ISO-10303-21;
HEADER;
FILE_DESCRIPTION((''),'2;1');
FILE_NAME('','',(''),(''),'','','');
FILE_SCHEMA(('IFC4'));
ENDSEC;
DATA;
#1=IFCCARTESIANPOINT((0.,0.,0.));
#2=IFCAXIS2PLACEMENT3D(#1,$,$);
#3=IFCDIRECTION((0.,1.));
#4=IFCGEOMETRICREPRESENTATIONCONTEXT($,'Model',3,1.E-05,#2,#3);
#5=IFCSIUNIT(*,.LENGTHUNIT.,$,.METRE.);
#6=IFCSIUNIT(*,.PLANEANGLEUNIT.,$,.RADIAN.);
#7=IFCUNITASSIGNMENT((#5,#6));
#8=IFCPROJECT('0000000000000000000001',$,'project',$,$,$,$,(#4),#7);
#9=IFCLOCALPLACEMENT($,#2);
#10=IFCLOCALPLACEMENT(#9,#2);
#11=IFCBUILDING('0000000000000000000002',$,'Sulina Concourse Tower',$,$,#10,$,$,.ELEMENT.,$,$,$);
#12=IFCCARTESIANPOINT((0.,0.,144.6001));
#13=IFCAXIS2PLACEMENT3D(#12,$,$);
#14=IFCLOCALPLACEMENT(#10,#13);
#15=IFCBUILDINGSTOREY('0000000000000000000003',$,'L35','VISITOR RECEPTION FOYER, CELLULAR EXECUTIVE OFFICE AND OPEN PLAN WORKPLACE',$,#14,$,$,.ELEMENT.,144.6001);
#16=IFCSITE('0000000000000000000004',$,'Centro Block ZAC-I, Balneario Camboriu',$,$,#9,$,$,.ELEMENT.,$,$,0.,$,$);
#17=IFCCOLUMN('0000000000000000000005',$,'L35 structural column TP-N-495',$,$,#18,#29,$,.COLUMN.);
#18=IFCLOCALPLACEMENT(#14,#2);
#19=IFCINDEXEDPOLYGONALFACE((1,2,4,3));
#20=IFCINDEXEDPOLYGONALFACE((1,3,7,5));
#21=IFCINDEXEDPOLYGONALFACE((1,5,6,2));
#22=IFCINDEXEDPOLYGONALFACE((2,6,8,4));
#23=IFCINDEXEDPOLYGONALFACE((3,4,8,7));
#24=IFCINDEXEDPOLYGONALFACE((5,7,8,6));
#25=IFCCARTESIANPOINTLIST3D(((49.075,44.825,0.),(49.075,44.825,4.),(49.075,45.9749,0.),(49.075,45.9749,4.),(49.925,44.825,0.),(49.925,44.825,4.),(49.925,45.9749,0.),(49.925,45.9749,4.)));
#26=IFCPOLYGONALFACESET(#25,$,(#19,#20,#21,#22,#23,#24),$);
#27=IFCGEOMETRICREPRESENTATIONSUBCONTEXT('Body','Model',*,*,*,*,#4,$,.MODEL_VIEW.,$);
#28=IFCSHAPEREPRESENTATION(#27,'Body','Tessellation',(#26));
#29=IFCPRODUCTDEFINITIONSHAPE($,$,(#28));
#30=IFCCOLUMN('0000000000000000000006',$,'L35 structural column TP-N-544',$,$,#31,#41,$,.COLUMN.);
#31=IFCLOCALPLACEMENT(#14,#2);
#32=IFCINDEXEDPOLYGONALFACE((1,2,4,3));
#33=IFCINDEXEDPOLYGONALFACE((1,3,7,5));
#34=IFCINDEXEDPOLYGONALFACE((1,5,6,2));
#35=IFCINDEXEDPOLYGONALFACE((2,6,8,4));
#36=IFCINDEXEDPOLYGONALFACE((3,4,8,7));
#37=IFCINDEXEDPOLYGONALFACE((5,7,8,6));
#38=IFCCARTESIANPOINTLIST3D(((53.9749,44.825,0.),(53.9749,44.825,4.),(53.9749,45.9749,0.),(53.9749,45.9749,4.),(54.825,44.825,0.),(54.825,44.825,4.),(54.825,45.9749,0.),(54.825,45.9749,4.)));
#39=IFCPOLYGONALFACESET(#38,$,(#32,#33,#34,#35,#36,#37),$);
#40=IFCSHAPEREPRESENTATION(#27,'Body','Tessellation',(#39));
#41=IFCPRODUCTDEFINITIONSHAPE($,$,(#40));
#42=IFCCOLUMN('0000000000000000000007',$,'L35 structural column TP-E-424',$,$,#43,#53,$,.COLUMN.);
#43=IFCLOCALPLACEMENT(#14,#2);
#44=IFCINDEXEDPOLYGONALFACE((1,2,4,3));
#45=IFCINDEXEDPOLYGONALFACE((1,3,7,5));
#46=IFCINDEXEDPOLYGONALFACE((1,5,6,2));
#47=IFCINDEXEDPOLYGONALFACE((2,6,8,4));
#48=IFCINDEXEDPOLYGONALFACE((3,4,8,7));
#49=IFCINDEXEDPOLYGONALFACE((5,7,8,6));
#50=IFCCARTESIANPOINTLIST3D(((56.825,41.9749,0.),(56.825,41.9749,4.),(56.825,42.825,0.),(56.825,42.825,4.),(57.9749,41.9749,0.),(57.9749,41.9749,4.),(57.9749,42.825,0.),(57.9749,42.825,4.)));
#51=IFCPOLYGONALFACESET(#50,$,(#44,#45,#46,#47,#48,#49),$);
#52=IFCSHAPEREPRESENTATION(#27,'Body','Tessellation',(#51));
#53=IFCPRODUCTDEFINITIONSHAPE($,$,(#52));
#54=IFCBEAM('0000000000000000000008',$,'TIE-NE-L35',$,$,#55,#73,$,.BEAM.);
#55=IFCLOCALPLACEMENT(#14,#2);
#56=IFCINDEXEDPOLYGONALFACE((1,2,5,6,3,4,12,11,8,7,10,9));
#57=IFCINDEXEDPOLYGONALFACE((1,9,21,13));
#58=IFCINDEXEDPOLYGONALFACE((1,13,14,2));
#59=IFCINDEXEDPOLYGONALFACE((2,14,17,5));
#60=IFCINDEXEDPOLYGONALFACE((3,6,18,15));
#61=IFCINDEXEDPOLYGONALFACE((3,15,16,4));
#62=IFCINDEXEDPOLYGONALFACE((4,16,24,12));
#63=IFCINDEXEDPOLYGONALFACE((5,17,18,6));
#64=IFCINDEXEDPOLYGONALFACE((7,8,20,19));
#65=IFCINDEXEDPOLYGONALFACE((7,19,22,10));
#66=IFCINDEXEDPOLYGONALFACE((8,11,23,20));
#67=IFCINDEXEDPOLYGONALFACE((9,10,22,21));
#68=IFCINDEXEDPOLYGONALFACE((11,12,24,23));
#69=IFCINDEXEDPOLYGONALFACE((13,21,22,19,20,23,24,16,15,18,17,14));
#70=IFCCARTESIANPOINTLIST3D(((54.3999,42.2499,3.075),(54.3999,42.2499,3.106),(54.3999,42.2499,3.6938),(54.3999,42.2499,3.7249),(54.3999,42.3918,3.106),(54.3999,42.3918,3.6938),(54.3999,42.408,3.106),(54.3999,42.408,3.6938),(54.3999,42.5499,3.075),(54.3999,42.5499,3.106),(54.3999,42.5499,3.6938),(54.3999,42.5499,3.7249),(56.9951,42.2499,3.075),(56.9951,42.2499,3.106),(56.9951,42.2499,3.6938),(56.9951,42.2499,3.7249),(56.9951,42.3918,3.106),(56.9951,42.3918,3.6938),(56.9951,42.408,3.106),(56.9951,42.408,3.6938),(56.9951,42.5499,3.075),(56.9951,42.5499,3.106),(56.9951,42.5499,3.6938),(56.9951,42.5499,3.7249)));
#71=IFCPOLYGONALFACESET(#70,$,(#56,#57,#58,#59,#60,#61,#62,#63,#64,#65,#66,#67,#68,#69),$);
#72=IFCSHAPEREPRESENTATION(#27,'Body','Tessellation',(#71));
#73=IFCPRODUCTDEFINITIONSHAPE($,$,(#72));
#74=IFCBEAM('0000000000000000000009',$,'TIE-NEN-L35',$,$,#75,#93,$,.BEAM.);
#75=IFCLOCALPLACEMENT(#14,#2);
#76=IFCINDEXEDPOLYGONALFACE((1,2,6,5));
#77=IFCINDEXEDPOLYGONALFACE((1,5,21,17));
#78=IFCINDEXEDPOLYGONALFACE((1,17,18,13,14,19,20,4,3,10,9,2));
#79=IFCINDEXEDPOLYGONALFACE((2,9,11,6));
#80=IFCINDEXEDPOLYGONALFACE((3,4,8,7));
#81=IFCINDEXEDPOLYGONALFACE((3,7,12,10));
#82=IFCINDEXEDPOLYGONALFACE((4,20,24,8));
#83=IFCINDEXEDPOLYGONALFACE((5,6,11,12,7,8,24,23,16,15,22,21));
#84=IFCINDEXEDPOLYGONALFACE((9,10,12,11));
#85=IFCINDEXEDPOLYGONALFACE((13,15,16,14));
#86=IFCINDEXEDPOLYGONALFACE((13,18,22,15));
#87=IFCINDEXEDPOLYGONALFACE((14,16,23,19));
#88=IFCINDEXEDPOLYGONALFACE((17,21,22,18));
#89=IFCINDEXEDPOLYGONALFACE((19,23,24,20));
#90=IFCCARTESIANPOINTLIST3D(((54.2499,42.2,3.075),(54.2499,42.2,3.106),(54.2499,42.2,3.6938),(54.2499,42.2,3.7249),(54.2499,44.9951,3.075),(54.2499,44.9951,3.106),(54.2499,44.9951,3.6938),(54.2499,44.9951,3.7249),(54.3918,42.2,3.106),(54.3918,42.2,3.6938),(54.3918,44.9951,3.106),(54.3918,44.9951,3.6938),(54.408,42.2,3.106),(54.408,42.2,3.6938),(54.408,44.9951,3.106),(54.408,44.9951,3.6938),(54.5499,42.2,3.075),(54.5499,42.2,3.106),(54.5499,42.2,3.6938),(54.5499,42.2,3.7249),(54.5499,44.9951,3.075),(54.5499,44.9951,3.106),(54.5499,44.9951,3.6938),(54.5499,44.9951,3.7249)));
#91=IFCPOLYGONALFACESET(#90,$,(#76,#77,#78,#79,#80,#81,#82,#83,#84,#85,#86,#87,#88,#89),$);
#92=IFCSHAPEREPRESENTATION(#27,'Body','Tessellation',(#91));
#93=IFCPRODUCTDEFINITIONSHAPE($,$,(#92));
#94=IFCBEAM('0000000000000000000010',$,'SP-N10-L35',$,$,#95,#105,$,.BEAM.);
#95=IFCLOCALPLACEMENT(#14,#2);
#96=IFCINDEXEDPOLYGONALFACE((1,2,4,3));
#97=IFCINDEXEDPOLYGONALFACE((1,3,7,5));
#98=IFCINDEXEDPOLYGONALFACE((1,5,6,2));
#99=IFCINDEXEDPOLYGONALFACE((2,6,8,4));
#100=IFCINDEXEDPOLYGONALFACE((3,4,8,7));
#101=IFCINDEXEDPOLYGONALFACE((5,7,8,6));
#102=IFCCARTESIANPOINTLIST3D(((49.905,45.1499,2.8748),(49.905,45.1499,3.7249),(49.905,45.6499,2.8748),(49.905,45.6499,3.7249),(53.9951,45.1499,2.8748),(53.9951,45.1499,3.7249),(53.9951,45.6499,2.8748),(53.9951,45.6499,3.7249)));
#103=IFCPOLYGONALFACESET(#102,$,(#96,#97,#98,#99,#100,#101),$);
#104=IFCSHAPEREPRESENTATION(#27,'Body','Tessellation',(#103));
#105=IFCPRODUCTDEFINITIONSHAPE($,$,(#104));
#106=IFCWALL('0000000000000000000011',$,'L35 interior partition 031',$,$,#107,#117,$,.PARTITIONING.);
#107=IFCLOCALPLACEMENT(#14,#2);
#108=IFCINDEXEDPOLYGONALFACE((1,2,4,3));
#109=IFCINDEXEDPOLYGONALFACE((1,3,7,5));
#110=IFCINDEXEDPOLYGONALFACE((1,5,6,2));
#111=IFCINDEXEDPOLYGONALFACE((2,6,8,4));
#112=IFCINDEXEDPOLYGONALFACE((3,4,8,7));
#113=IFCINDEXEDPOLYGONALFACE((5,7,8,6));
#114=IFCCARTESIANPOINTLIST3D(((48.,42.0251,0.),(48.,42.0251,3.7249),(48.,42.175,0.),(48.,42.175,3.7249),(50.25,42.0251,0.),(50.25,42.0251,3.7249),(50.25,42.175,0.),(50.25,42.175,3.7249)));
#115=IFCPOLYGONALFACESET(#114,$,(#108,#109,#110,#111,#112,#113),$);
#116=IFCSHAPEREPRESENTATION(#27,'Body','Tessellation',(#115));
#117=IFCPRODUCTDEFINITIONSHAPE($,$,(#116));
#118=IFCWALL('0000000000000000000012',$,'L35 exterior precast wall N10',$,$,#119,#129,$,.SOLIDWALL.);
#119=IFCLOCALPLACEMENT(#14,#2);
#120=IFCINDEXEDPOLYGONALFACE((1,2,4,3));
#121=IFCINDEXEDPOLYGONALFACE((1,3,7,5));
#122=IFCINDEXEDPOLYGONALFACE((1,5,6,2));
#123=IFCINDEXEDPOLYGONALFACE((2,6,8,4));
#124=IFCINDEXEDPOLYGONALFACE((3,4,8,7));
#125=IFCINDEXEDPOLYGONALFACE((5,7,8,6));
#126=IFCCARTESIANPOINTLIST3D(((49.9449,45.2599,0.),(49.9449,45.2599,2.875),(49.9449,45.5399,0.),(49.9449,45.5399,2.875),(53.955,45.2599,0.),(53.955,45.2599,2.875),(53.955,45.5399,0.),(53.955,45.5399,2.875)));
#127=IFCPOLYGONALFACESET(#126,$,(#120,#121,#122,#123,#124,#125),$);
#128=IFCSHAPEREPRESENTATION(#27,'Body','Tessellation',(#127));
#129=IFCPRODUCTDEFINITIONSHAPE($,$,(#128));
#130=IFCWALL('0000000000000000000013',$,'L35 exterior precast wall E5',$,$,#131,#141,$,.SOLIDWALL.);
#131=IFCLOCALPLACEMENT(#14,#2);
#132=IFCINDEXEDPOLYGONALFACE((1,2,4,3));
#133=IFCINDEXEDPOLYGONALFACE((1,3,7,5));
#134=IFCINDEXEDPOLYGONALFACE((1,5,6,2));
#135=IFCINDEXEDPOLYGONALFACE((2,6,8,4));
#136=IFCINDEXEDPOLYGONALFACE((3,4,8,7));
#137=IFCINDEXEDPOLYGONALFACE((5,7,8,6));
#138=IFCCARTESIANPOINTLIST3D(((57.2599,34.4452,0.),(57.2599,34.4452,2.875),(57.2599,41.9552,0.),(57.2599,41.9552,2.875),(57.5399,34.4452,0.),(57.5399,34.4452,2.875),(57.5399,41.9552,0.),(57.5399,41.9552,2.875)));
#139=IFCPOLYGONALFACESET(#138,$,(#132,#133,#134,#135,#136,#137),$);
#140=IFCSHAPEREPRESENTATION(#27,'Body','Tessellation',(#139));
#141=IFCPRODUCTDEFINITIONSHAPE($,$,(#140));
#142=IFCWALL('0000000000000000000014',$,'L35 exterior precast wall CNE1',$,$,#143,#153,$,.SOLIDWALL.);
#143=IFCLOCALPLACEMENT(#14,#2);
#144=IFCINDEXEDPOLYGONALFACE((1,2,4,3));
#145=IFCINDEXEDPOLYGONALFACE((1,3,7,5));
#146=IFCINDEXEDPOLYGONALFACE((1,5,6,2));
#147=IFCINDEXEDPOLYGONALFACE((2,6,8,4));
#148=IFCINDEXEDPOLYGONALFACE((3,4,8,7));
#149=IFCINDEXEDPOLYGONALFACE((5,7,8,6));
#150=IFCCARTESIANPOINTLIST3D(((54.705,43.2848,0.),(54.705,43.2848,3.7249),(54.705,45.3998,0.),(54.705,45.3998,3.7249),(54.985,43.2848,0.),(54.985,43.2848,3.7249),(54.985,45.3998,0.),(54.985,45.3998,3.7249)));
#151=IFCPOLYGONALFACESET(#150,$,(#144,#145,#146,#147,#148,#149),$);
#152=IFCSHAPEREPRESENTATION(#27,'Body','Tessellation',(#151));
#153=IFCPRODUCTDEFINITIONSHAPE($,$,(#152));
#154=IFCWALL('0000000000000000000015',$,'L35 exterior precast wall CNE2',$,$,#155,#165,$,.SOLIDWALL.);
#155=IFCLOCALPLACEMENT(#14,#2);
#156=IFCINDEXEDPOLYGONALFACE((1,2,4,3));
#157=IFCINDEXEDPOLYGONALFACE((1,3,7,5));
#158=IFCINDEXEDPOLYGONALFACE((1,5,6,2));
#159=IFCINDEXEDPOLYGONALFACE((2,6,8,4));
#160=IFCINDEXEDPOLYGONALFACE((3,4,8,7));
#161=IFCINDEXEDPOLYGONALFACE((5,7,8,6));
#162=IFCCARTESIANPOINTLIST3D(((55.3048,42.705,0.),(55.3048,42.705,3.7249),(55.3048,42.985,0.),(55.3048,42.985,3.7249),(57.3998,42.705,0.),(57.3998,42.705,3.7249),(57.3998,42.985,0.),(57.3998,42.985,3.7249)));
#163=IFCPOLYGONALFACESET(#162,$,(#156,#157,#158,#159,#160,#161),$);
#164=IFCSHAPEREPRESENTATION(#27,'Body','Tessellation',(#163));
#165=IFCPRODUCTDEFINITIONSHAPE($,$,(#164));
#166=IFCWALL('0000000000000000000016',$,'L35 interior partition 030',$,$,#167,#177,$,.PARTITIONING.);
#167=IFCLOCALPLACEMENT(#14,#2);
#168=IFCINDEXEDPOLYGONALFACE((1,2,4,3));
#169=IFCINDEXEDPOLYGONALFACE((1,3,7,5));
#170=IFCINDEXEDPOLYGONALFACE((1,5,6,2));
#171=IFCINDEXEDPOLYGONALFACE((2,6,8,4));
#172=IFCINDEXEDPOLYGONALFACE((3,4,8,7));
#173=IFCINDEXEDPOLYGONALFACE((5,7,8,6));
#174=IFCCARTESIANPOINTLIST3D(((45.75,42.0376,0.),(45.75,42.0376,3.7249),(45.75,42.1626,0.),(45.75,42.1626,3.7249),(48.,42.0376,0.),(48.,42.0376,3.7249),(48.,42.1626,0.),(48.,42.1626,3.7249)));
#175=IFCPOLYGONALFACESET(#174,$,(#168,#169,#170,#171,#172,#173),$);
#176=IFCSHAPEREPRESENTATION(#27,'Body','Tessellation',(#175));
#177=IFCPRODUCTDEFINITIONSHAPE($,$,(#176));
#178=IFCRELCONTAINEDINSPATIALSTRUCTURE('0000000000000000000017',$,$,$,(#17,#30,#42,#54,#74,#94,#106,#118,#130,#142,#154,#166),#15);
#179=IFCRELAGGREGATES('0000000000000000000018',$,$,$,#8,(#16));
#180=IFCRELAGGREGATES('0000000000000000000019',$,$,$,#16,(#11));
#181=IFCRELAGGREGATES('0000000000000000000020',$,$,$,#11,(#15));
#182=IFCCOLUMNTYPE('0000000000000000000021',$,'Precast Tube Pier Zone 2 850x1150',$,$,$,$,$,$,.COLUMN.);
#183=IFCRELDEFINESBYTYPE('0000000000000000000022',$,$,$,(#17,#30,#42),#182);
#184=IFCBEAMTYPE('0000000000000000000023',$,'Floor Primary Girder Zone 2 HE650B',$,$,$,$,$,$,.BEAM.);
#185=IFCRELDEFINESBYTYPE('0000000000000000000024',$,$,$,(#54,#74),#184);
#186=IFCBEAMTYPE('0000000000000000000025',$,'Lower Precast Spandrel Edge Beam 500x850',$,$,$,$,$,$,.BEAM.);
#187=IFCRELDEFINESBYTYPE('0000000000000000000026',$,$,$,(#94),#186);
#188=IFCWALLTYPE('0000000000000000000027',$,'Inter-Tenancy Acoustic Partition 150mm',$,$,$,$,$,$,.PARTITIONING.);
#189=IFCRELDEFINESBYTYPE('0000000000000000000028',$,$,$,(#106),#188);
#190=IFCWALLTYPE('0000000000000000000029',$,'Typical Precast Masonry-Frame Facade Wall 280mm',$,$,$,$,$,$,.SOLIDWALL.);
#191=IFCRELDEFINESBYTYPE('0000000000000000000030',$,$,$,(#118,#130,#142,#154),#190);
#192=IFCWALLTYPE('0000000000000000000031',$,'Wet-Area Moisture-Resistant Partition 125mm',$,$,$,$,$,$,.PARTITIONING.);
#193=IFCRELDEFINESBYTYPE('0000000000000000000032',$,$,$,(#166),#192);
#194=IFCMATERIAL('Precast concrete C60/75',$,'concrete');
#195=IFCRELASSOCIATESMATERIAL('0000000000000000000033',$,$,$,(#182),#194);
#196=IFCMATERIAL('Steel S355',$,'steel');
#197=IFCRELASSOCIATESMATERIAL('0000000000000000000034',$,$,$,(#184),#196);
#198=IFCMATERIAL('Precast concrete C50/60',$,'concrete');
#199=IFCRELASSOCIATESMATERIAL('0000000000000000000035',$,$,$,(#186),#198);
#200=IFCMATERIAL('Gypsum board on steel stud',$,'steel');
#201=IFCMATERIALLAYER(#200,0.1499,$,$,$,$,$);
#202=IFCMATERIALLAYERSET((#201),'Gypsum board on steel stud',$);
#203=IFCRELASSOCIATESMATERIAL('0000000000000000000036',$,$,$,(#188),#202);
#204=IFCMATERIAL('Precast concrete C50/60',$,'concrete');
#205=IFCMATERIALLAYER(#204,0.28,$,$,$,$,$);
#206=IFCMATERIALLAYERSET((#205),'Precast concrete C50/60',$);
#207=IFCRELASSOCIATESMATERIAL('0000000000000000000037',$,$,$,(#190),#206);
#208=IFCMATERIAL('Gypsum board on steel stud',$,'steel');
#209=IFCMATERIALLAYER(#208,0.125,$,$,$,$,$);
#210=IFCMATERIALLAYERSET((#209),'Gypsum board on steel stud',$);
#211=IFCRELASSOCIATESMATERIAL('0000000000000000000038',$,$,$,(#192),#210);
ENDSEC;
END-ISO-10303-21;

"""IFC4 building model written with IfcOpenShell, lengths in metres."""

from ifc_helpers import new_model, si_unit, direction, frame, frame_2d, origin, origin_2d, place, context, subcontext, project, spatial, rectangle, i_section, extrude, material, layer, layer_set, material_profile, profile_set, type_object, element, save


model = new_model("IFC4")

# Units and contexts
model_context = context("Model", 3, precision=1e-05, world=origin(), true_north=direction((0.0, 1.0)))
body_context = subcontext(model_context, "Body", "Model", "MODEL_VIEW")
ifc_project = project(units=[si_unit("LENGTHUNIT", "METRE"), si_unit("PLANEANGLEUNIT", "RADIAN")], contexts=[model_context])

# Site, building, storey
site_placement = place(None, origin())
site = spatial("IfcSite", under=ifc_project, at=site_placement, Name="Centro Block ZAC-I, Balneario Camboriu", CompositionType="ELEMENT", RefElevation=0.0)
building_placement = place(site_placement, origin())
building = spatial("IfcBuilding", under=site, at=building_placement, Name="Sulina Concourse Tower", CompositionType="ELEMENT")
storey_placement = place(building_placement, frame((0.0, 0.0, 144.6001)))
storey = spatial("IfcBuildingStorey", under=building, at=storey_placement, Name="L35", Description="VISITOR RECEPTION FOYER, CELLULAR EXECUTIVE OFFICE AND OPEN PLAN WORKPLACE", CompositionType="ELEMENT", Elevation=144.6001)

# Columns
ifc_material_1 = material(Name="Precast concrete C60/75", Category="concrete")
ifc_material_profile_1 = material_profile(ifc_material_1, rectangle(XDim=0.8501, YDim=1.1499, at=origin_2d()), Name="PC 850x1150")
ifc_profile_set_1 = profile_set([ifc_material_profile_1], Name="Precast concrete C60/75")
column_type = type_object("IfcColumnType", Name="Precast Tube Pier Zone 2 850x1150", PredefinedType="COLUMN", material=ifc_profile_set_1)
for number, where, z_axis, x_axis, name in (
    (1, (49.5, 45.3999, 0.0), (0.0, 0.0, 1.0), (1.0, 0.0, 0.0), "L35 structural column TP-N-495"),
    (2, (54.3999, 45.3999, 0.0), (0.0, 0.0, 1.0), (1.0, 0.0, 0.0), "L35 structural column TP-N-544"),
    (3, (57.3999, 42.3999, 0.0), (0.0, 0.0, 1.0), (0.0, 1.0, 0.0), "L35 structural column TP-E-424"),
):
    element("IfcColumn", number, at=place(storey_placement, frame(where, z_axis=z_axis, x_axis=x_axis)), inside=storey, type_object=column_type, Name=name, PredefinedType="COLUMN", context=body_context, shape_type="SweptSolid", body=[
        extrude(rectangle(XDim=0.8501, YDim=1.1499, at=origin_2d()), origin(), (0.0, 0.0, 1.0), 4.0),
    ])

# Beams
ifc_material_2 = material(Name="Steel S355", Category="steel")
ifc_material_profile_2 = material_profile(ifc_material_2, i_section(OverallWidth=0.3, OverallDepth=0.6499, WebThickness=0.0161, FlangeThickness=0.031, at=origin_2d()), Name="HE 650 B")
ifc_profile_set_2 = profile_set([ifc_material_profile_2], Name="Steel S355")
beam_type_1 = type_object("IfcBeamType", Name="Floor Primary Girder Zone 2 HE650B", PredefinedType="BEAM", material=ifc_profile_set_2)
beam_1_placement = place(storey_placement, frame((54.3999, 42.3999, 3.3999), z_axis=(1.0, 0.0, 0.0), x_axis=(0.0, 1.0, 0.0)))
element("IfcBeam", 4, at=beam_1_placement, inside=storey, type_object=beam_type_1, Name="TIE-NE-L35", PredefinedType="BEAM", context=body_context, shape_type="SweptSolid", body=[
    extrude(i_section(OverallWidth=0.3, OverallDepth=0.6499, WebThickness=0.0161, FlangeThickness=0.031, at=origin_2d()), origin(), (0.0, 0.0, 1.0), 2.5952),
])
beam_2_placement = place(storey_placement, frame((54.3999, 42.2, 3.3999), z_axis=(0.0, 1.0, 0.0), x_axis=(-1.0, 0.0, 0.0)))
element("IfcBeam", 5, at=beam_2_placement, inside=storey, type_object=beam_type_1, Name="TIE-NEN-L35", PredefinedType="BEAM", context=body_context, shape_type="SweptSolid", body=[
    extrude(i_section(OverallWidth=0.3, OverallDepth=0.6499, WebThickness=0.0161, FlangeThickness=0.031, at=origin_2d()), origin(), (0.0, 0.0, 1.0), 2.7952),
])
ifc_material_3 = material(Name="Precast concrete C50/60", Category="concrete")
ifc_material_profile_3 = material_profile(ifc_material_3, rectangle(XDim=0.5, YDim=0.8501, at=origin_2d()), Name="RC 500x850")
ifc_profile_set_3 = profile_set([ifc_material_profile_3], Name="Precast concrete C50/60")
beam_type_2 = type_object("IfcBeamType", Name="Lower Precast Spandrel Edge Beam 500x850", PredefinedType="BEAM", material=ifc_profile_set_3)
beam_3_placement = place(storey_placement, frame((49.905, 45.3999, 3.2998), z_axis=(1.0, 0.0, 0.0), x_axis=(0.0, 1.0, 0.0)))
element("IfcBeam", 6, at=beam_3_placement, inside=storey, type_object=beam_type_2, Name="SP-N10-L35", PredefinedType="BEAM", context=body_context, shape_type="SweptSolid", body=[
    extrude(rectangle(XDim=0.5, YDim=0.8501, at=origin_2d()), origin(), (0.0, 0.0, 1.0), 4.0901),
])

# Walls
ifc_material_4 = material(Name="Gypsum board on steel stud", Category="steel")
ifc_layer_1 = layer(ifc_material_4, 0.1499)
ifc_layer_set_1 = layer_set([ifc_layer_1], Name="Gypsum board on steel stud")
wall_type_1 = type_object("IfcWallType", Name="Inter-Tenancy Acoustic Partition 150mm", PredefinedType="PARTITIONING", material=ifc_layer_set_1)
wall_1_placement = place(storey_placement, frame((48.0, 42.1001, 0.0), z_axis=(0.0, 0.0, 1.0), x_axis=(1.0, 0.0, 0.0)))
element("IfcWall", 7, at=wall_1_placement, inside=storey, type_object=wall_type_1, Name="L35 interior partition 031", PredefinedType="PARTITIONING", context=body_context, shape_type="SweptSolid", body=[
    extrude(rectangle(XDim=2.25, YDim=0.1499, at=frame_2d((1.125, 0.0))), origin(), (0.0, 0.0, 1.0), 3.7249),
])
ifc_material_5 = material(Name="Precast concrete C50/60", Category="concrete")
ifc_layer_2 = layer(ifc_material_5, 0.28)
ifc_layer_set_2 = layer_set([ifc_layer_2], Name="Precast concrete C50/60")
wall_type_2 = type_object("IfcWallType", Name="Typical Precast Masonry-Frame Facade Wall 280mm", PredefinedType="SOLIDWALL", material=ifc_layer_set_2)
wall_2_placement = place(storey_placement, frame((49.9451, 45.3999, 0.0), z_axis=(0.0, 0.0, 1.0), x_axis=(1.0, 0.0, 0.0)))
element("IfcWall", 8, at=wall_2_placement, inside=storey, type_object=wall_type_2, Name="L35 exterior precast wall N10", PredefinedType="SOLIDWALL", context=body_context, shape_type="SweptSolid", body=[
    extrude(rectangle(XDim=4.01, YDim=0.28, at=frame_2d((2.0049, 0.0))), origin(), (0.0, 0.0, 1.0), 2.875),
])
wall_3_placement = place(storey_placement, frame((57.3999, 41.9551, 0.0), z_axis=(0.0, 0.0, 1.0), x_axis=(0.0, -1.0, 0.0)))
element("IfcWall", 9, at=wall_3_placement, inside=storey, type_object=wall_type_2, Name="L35 exterior precast wall E5", PredefinedType="SOLIDWALL", context=body_context, shape_type="SweptSolid", body=[
    extrude(rectangle(XDim=7.51, YDim=0.28, at=frame_2d((3.7549, 0.0))), origin(), (0.0, 0.0, 1.0), 2.875),
])
wall_4_placement = place(storey_placement, frame((54.845, 45.3999, 0.0), z_axis=(0.0, 0.0, 1.0), x_axis=(0.0, -1.0, 0.0)))
element("IfcWall", 10, at=wall_4_placement, inside=storey, type_object=wall_type_2, Name="L35 exterior precast wall CNE1", PredefinedType="SOLIDWALL", context=body_context, shape_type="SweptSolid", body=[
    extrude(rectangle(XDim=2.115, YDim=0.28, at=frame_2d((1.0576, 0.0))), origin(), (0.0, 0.0, 1.0), 3.7249),
])
wall_5_placement = place(storey_placement, frame((55.3049, 42.845, 0.0), z_axis=(0.0, 0.0, 1.0), x_axis=(1.0, 0.0, 0.0)))
element("IfcWall", 11, at=wall_5_placement, inside=storey, type_object=wall_type_2, Name="L35 exterior precast wall CNE2", PredefinedType="SOLIDWALL", context=body_context, shape_type="SweptSolid", body=[
    extrude(rectangle(XDim=2.095, YDim=0.28, at=frame_2d((1.0474, 0.0))), origin(), (0.0, 0.0, 1.0), 3.7249),
])
ifc_material_6 = material(Name="Gypsum board on steel stud", Category="steel")
ifc_layer_3 = layer(ifc_material_6, 0.125)
ifc_layer_set_3 = layer_set([ifc_layer_3], Name="Gypsum board on steel stud")
wall_type_3 = type_object("IfcWallType", Name="Wet-Area Moisture-Resistant Partition 125mm", PredefinedType="PARTITIONING", material=ifc_layer_set_3)
wall_6_placement = place(storey_placement, frame((45.75, 42.1001, 0.0), z_axis=(0.0, 0.0, 1.0), x_axis=(1.0, 0.0, 0.0)))
element("IfcWall", 12, at=wall_6_placement, inside=storey, type_object=wall_type_3, Name="L35 interior partition 030", PredefinedType="PARTITIONING", context=body_context, shape_type="SweptSolid", body=[
    extrude(rectangle(XDim=2.25, YDim=0.125, at=frame_2d((1.125, 0.0))), origin(), (0.0, 0.0, 1.0), 3.7249),
])

save(model, "model.ifc")
